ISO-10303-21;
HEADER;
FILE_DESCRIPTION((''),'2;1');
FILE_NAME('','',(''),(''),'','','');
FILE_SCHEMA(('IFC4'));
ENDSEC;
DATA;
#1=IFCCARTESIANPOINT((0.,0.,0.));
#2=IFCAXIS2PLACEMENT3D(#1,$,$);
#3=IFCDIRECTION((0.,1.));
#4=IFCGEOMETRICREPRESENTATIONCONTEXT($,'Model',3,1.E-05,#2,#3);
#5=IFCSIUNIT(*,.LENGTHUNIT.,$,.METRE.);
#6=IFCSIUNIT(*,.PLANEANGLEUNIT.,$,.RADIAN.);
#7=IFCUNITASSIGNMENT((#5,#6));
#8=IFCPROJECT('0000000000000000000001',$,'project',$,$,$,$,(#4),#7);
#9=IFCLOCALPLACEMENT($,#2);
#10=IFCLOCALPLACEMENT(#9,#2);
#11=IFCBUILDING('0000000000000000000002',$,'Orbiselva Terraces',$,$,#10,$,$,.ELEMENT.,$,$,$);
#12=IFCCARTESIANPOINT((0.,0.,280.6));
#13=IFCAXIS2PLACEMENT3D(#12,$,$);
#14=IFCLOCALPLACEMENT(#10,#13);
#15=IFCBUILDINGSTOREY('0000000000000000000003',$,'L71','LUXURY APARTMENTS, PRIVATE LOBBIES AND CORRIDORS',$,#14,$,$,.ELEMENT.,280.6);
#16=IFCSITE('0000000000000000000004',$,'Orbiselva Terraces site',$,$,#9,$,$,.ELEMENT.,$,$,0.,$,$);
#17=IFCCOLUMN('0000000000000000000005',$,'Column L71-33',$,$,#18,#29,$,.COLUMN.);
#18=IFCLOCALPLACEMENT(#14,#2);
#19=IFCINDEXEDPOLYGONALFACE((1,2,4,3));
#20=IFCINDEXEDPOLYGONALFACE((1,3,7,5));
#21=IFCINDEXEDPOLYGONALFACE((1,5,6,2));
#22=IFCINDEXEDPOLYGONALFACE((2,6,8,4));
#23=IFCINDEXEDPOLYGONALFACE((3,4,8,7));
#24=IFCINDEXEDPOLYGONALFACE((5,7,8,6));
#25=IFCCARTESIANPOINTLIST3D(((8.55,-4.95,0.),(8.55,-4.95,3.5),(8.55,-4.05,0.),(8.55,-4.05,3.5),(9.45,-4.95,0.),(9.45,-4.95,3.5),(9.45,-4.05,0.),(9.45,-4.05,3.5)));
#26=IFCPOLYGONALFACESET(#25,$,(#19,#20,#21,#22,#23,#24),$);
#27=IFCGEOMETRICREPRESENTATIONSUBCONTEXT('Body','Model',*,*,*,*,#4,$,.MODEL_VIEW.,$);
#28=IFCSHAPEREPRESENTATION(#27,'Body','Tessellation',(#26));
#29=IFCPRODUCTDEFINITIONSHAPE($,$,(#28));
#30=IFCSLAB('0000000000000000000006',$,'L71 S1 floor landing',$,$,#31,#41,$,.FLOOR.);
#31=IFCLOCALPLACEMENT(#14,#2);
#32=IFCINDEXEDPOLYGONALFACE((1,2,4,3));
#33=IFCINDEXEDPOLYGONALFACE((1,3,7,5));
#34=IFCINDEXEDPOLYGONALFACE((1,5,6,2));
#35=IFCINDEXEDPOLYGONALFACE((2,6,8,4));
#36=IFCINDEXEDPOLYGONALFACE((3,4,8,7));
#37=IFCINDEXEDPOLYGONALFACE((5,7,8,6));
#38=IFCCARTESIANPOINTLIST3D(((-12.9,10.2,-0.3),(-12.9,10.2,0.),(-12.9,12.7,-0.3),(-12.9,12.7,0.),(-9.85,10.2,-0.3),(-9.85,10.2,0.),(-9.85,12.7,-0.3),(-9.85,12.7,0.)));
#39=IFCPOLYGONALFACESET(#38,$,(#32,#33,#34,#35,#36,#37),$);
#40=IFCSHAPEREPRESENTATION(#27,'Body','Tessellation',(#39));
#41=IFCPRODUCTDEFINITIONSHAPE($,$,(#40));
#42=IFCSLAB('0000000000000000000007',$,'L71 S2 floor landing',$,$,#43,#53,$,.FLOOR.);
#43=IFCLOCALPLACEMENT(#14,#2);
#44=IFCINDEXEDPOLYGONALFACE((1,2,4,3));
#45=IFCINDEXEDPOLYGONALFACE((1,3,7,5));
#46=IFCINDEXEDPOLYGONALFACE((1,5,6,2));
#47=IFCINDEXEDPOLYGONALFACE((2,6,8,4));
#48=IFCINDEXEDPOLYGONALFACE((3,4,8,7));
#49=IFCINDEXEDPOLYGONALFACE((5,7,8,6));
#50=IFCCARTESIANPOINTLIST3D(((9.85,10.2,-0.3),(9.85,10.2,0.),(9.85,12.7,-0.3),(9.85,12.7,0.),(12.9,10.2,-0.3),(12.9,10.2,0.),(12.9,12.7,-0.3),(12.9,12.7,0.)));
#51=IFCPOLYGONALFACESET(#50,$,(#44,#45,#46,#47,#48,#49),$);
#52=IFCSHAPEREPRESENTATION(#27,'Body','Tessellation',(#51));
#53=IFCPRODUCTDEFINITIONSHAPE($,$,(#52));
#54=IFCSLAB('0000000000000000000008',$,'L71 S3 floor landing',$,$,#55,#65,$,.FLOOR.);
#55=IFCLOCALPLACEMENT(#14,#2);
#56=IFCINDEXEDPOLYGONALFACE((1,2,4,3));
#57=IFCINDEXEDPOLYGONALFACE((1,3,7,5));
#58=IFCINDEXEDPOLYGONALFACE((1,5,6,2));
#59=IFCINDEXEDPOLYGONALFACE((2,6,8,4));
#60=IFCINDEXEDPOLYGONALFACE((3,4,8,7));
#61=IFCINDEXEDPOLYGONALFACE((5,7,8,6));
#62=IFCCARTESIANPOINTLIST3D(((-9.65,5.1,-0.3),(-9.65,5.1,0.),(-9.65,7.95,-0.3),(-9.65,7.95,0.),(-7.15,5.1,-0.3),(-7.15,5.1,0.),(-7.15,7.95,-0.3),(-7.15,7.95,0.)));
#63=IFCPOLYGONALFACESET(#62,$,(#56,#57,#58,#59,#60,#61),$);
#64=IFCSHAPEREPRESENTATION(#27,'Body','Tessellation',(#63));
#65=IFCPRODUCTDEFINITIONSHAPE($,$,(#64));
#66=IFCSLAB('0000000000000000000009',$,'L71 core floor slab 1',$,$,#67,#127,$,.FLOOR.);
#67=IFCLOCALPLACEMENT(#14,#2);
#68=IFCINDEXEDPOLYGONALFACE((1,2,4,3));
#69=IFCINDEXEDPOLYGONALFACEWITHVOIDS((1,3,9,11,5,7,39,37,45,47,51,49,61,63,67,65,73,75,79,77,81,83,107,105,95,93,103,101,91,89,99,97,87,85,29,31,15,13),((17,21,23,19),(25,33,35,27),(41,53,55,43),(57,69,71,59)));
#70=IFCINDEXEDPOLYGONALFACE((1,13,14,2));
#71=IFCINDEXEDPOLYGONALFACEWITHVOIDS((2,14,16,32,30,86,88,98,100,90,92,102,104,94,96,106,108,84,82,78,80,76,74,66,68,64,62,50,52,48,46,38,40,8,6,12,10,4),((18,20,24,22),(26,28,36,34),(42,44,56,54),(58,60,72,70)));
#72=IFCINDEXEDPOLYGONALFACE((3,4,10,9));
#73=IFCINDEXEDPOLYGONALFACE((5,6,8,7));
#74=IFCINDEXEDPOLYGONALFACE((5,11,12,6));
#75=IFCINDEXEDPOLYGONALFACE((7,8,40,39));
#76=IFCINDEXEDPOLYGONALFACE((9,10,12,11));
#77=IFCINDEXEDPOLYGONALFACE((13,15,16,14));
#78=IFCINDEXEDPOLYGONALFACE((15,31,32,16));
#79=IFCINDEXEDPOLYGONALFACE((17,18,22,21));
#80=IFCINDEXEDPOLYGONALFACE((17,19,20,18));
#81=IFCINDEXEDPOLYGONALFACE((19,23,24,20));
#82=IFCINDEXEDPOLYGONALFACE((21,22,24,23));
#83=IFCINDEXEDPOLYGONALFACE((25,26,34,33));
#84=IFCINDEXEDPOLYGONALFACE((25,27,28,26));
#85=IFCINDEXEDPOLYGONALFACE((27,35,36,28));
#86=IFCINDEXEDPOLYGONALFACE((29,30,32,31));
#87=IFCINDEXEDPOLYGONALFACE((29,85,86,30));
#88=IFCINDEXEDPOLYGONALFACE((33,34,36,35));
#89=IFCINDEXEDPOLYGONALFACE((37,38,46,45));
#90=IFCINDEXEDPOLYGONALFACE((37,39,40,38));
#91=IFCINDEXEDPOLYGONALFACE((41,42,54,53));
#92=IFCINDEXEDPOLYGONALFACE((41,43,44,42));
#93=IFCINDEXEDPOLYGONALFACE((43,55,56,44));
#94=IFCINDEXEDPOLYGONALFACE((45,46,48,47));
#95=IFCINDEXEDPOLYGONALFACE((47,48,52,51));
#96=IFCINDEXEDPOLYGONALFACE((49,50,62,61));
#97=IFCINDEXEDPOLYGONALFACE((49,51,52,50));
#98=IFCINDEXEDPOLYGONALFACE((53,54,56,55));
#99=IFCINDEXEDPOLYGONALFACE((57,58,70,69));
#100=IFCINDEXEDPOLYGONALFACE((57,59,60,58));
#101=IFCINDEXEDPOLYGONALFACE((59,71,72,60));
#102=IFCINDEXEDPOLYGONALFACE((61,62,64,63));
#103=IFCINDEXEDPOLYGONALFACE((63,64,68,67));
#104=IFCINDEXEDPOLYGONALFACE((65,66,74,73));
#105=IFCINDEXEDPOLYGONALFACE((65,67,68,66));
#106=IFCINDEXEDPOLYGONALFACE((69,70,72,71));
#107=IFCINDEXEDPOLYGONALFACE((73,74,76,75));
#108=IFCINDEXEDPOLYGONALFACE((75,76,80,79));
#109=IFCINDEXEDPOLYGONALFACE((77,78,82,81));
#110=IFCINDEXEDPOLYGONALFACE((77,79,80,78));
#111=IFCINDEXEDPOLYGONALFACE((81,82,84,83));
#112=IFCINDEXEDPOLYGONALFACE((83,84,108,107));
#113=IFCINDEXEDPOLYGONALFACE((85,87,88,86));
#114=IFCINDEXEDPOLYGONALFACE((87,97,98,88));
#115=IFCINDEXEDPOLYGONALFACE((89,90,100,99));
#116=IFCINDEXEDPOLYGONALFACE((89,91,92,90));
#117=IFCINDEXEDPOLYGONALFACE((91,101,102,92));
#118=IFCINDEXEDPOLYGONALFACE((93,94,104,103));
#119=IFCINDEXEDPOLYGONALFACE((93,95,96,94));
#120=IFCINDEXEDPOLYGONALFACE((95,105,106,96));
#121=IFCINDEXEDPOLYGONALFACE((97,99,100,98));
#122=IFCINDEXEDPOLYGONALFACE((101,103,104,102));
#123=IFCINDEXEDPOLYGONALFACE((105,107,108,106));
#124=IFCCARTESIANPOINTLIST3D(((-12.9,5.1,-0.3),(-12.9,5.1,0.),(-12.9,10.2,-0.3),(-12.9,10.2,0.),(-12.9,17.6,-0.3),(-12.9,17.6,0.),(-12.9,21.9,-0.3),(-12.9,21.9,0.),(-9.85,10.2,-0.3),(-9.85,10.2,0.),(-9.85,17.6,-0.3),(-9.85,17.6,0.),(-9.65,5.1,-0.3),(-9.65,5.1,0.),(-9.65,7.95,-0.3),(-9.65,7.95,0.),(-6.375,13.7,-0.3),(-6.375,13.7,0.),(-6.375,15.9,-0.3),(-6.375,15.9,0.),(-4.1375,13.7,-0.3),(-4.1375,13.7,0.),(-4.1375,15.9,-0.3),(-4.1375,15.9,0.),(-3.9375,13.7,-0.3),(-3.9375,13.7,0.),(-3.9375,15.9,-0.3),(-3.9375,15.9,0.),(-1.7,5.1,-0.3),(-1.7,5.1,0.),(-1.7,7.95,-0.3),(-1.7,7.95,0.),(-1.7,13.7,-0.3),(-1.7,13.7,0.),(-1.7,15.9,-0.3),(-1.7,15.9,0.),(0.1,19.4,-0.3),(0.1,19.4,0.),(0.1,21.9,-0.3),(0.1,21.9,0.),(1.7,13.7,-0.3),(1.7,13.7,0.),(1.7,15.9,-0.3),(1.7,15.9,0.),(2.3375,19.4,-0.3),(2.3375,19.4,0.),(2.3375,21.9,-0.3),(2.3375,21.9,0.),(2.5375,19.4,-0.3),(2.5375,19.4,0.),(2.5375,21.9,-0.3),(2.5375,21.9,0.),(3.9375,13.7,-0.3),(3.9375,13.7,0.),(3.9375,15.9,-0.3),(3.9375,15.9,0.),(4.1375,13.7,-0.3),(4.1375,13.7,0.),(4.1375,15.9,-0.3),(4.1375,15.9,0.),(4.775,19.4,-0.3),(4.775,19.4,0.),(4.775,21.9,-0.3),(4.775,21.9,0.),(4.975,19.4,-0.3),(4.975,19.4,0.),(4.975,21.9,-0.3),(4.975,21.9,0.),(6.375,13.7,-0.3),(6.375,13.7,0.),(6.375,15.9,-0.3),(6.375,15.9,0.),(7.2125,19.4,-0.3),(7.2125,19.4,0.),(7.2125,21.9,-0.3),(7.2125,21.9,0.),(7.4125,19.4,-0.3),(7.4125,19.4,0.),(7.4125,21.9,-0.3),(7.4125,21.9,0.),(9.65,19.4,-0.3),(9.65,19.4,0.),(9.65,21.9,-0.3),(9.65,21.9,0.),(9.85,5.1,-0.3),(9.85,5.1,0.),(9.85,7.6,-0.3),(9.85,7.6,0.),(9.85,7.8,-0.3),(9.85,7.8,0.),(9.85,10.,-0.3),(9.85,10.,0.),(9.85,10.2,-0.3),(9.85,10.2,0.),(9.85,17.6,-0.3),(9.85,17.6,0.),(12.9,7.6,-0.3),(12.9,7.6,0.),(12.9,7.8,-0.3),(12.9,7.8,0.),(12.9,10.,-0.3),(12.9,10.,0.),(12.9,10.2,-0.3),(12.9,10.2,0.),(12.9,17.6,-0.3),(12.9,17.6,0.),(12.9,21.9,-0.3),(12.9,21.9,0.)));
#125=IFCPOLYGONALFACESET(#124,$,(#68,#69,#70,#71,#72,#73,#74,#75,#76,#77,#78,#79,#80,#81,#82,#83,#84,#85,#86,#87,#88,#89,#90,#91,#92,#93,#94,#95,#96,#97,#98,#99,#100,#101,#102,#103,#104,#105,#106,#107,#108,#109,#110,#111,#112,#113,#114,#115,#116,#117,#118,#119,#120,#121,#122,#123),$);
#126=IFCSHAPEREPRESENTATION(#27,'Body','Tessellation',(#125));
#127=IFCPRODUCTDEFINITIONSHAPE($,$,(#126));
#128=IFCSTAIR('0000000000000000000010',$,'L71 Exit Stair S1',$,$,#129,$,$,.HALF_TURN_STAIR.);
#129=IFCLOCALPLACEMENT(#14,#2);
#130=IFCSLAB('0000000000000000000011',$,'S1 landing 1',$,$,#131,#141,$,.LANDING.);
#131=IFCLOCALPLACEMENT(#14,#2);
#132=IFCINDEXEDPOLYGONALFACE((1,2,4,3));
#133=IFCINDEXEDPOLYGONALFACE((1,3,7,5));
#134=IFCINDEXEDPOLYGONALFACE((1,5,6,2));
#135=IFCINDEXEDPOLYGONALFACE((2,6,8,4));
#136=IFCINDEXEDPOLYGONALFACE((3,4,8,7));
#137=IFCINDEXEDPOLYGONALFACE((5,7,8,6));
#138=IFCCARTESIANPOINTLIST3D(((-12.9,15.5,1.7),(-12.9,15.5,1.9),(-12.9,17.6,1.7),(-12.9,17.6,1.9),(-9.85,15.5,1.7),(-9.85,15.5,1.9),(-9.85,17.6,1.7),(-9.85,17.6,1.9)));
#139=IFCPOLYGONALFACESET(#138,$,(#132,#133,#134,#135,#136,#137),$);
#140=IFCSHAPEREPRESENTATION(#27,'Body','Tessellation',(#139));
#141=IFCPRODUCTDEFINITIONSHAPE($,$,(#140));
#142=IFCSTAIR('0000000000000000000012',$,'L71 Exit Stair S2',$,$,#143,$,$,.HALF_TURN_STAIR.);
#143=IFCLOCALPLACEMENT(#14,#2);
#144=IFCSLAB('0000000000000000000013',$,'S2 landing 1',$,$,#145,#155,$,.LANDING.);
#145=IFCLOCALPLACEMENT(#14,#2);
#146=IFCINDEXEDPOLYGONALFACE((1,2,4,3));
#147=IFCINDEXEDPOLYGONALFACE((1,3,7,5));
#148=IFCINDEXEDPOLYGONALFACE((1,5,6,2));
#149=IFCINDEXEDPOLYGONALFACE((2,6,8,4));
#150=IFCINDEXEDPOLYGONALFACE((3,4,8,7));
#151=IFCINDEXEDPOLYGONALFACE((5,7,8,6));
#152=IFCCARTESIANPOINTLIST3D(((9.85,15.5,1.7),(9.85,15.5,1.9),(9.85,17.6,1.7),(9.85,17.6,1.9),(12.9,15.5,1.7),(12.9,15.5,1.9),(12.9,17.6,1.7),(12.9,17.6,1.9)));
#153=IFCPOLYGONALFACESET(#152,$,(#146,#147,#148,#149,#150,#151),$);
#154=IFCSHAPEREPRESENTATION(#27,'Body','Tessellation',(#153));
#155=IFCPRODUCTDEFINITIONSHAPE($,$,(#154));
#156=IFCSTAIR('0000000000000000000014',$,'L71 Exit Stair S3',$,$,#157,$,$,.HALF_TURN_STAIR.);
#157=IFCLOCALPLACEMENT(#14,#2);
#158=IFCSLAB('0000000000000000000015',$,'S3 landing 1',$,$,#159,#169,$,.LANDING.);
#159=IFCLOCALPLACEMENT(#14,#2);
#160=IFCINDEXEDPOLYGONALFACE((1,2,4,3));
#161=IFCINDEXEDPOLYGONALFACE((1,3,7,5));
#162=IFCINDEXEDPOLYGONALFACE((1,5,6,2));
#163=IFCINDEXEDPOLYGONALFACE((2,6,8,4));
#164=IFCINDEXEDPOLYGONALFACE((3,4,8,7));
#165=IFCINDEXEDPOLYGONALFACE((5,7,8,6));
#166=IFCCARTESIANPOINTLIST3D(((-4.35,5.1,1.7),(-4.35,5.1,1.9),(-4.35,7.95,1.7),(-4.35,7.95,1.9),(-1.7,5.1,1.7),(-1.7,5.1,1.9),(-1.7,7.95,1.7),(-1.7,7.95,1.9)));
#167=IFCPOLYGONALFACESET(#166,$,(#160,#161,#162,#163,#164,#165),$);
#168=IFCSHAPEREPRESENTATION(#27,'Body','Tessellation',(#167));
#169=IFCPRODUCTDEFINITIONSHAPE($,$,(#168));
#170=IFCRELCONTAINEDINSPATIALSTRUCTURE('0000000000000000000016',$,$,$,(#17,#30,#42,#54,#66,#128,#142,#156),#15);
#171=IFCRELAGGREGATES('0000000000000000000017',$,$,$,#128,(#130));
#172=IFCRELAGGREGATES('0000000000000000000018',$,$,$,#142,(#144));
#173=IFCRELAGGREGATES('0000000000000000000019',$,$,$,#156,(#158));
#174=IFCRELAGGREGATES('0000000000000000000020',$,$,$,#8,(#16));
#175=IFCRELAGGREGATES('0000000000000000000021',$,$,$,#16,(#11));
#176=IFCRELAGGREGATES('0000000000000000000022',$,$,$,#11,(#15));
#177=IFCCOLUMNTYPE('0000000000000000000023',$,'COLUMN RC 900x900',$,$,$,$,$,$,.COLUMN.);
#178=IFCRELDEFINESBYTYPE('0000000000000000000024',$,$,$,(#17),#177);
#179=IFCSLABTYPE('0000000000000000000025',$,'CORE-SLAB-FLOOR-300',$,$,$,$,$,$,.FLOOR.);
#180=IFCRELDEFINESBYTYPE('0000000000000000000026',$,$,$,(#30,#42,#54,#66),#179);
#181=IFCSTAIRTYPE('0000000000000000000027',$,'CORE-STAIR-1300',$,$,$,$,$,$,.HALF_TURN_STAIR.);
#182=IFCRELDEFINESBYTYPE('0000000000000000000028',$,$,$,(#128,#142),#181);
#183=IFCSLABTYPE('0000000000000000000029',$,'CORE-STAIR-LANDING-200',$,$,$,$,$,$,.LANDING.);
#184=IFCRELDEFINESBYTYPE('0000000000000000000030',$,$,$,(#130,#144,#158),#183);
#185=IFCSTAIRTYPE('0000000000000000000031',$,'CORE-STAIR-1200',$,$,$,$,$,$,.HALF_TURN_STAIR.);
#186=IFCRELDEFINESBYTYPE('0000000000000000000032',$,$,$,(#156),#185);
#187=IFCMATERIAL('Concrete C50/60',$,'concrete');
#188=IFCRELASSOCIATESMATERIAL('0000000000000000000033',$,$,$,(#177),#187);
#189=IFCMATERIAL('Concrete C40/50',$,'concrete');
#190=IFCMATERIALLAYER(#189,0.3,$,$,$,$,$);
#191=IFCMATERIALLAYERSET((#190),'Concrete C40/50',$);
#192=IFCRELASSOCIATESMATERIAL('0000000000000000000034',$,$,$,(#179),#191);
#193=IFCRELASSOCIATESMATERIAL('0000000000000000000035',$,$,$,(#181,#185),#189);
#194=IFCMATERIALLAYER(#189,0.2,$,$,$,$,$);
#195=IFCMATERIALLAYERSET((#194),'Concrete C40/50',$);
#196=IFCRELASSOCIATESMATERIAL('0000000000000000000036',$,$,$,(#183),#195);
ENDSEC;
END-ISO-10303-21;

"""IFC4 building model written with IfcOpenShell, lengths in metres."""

from ifc_helpers import new_model, si_unit, direction, frame, origin, origin_2d, place, context, subcontext, project, spatial, polyline, rectangle, outline, extrude, material, layer, layer_set, material_profile, profile_set, type_object, element, aggregate, save


model = new_model("IFC4")

# Units and contexts
model_context = context("Model", 3, precision=1e-05, world=origin(), true_north=direction((0.0, 1.0)))
body_context = subcontext(model_context, "Body", "Model", "MODEL_VIEW")
ifc_project = project(units=[si_unit("LENGTHUNIT", "METRE"), si_unit("PLANEANGLEUNIT", "RADIAN")], contexts=[model_context])

# Site, building, storey
site_placement = place(None, origin())
site = spatial("IfcSite", under=ifc_project, at=site_placement, Name="Orbiselva Terraces site", CompositionType="ELEMENT", RefElevation=0.0)
building_placement = place(site_placement, origin())
building = spatial("IfcBuilding", under=site, at=building_placement, Name="Orbiselva Terraces", CompositionType="ELEMENT")
storey_placement = place(building_placement, frame((0.0, 0.0, 280.6)))
storey = spatial("IfcBuildingStorey", under=building, at=storey_placement, Name="L71", Description="LUXURY APARTMENTS, PRIVATE LOBBIES AND CORRIDORS", CompositionType="ELEMENT", Elevation=280.6)

# Column
ifc_material_1 = material(Name="Concrete C50/60", Category="concrete")
ifc_material_profile = material_profile(ifc_material_1, rectangle(XDim=0.9, YDim=0.9, at=origin_2d()), Name="RC 900x900")
ifc_profile_set = profile_set([ifc_material_profile], Name="Concrete C50/60")
column_type = type_object("IfcColumnType", Name="COLUMN RC 900x900", PredefinedType="COLUMN", material=ifc_profile_set)
column_placement = place(storey_placement, frame((9.0, -4.5, 0.0), z_axis=(0.0, 0.0, 1.0), x_axis=(1.0, 0.0, 0.0)))
element("IfcColumn", 1, at=column_placement, inside=storey, type_object=column_type, Name="Column L71-33", PredefinedType="COLUMN", context=body_context, shape_type="SweptSolid", body=[
    extrude(rectangle(XDim=0.9, YDim=0.9, at=origin_2d()), origin(), (0.0, 0.0, 1.0), 3.5),
])

# Slabs
ifc_material_2 = material(Name="Concrete C40/50", Category="concrete")
ifc_layer_1 = layer(ifc_material_2, 0.3)
ifc_layer_set_1 = layer_set([ifc_layer_1], Name="Concrete C40/50")
slab_type_1 = type_object("IfcSlabType", Name="CORE-SLAB-FLOOR-300", PredefinedType="FLOOR", material=ifc_layer_set_1)
slab_1_placement = place(storey_placement, frame((0.0, 0.0, -0.3)))
element("IfcSlab", 2, at=slab_1_placement, inside=storey, type_object=slab_type_1, Name="L71 S1 floor landing", PredefinedType="FLOOR", context=body_context, shape_type="SweptSolid", body=[
    extrude(outline(polyline([(-12.9, 12.7), (-9.85, 12.7), (-9.85, 10.2), (-12.9, 10.2), (-12.9, 12.7)])), origin(), (0.0, 0.0, 1.0), 0.3),
])
slab_2_placement = place(storey_placement, frame((0.0, 0.0, -0.3)))
element("IfcSlab", 3, at=slab_2_placement, inside=storey, type_object=slab_type_1, Name="L71 S2 floor landing", PredefinedType="FLOOR", context=body_context, shape_type="SweptSolid", body=[
    extrude(outline(polyline([(12.9, 12.7), (12.9, 10.2), (9.85, 10.2), (9.85, 12.7), (12.9, 12.7)])), origin(), (0.0, 0.0, 1.0), 0.3),
])
slab_3_placement = place(storey_placement, frame((0.0, 0.0, -0.3)))
element("IfcSlab", 4, at=slab_3_placement, inside=storey, type_object=slab_type_1, Name="L71 S3 floor landing", PredefinedType="FLOOR", context=body_context, shape_type="SweptSolid", body=[
    extrude(outline(polyline([(-7.15, 5.1), (-9.65, 5.1), (-9.65, 7.95), (-7.15, 7.95), (-7.15, 5.1)])), origin(), (0.0, 0.0, 1.0), 0.3),
])
slab_4_placement = place(storey_placement, frame((0.0, 0.0, -0.3)))
element("IfcSlab", 5, at=slab_4_placement, inside=storey, type_object=slab_type_1, Name="L71 core floor slab 1", PredefinedType="FLOOR", context=body_context, shape_type="SweptSolid", body=[
    extrude(outline(polyline([(-1.7, 5.1), (-1.7, 7.95), (-9.65, 7.95), (-9.65, 5.1), (-12.9, 5.1), (-12.9, 10.2), (-9.85, 10.2), (-9.85, 17.6), (-12.9, 17.6), (-12.9, 21.9), (0.1, 21.9), (0.1, 19.4), (2.3375, 19.4), (2.3375, 21.9), (2.5375, 21.9), (2.5375, 19.4), (4.775, 19.4), (4.775, 21.9), (4.975, 21.9), (4.975, 19.4), (7.2125, 19.4), (7.2125, 21.9), (7.4125, 21.9), (7.4125, 19.4), (9.65, 19.4), (9.65, 21.9), (12.9, 21.9), (12.9, 17.6), (9.85, 17.6), (9.85, 10.2), (12.9, 10.2), (12.9, 10.0), (9.85, 10.0), (9.85, 7.8), (12.9, 7.8), (12.9, 7.6), (9.85, 7.6), (9.85, 5.1), (-1.7, 5.1)]), holes=[polyline([(-4.1375, 13.7), (-4.1375, 15.9), (-6.375, 15.9), (-6.375, 13.7), (-4.1375, 13.7)]), polyline([(-1.7, 13.7), (-1.7, 15.9), (-3.9375, 15.9), (-3.9375, 13.7), (-1.7, 13.7)]), polyline([(3.9375, 15.9), (1.7, 15.9), (1.7, 13.7), (3.9375, 13.7), (3.9375, 15.9)]), polyline([(6.375, 13.7), (6.375, 15.9), (4.1375, 15.9), (4.1375, 13.7), (6.375, 13.7)])]), origin(), (0.0, 0.0, 1.0), 0.3),
])

# Stairs, slabs
stair_type_1 = type_object("IfcStairType", Name="CORE-STAIR-1300", PredefinedType="HALF_TURN_STAIR", material=ifc_material_2)
stair_1_placement = place(storey_placement, origin())
stair_1 = element("IfcStair", 6, at=stair_1_placement, inside=storey, type_object=stair_type_1, Name="L71 Exit Stair S1", PredefinedType="HALF_TURN_STAIR")
ifc_layer_2 = layer(ifc_material_2, 0.2)
ifc_layer_set_2 = layer_set([ifc_layer_2], Name="Concrete C40/50")
slab_type_2 = type_object("IfcSlabType", Name="CORE-STAIR-LANDING-200", PredefinedType="LANDING", material=ifc_layer_set_2)
slab_5_placement = place(storey_placement, frame((0.0, 0.0, 1.7)))
slab_5 = element("IfcSlab", 7, at=slab_5_placement, type_object=slab_type_2, Name="S1 landing 1", PredefinedType="LANDING", context=body_context, shape_type="SweptSolid", body=[
    extrude(outline(polyline([(-9.85, 15.5), (-9.85, 17.6), (-12.9, 17.6), (-12.9, 15.5), (-9.85, 15.5)])), origin(), (0.0, 0.0, 1.0), 0.2),
])
aggregate(stair_1, [slab_5])
stair_2_placement = place(storey_placement, origin())
stair_2 = element("IfcStair", 8, at=stair_2_placement, inside=storey, type_object=stair_type_1, Name="L71 Exit Stair S2", PredefinedType="HALF_TURN_STAIR")
slab_6_placement = place(storey_placement, frame((0.0, 0.0, 1.7)))
slab_6 = element("IfcSlab", 9, at=slab_6_placement, type_object=slab_type_2, Name="S2 landing 1", PredefinedType="LANDING", context=body_context, shape_type="SweptSolid", body=[
    extrude(outline(polyline([(12.9, 15.5), (12.9, 17.6), (9.85, 17.6), (9.85, 15.5), (12.9, 15.5)])), origin(), (0.0, 0.0, 1.0), 0.2),
])
aggregate(stair_2, [slab_6])
stair_type_2 = type_object("IfcStairType", Name="CORE-STAIR-1200", PredefinedType="HALF_TURN_STAIR", material=ifc_material_2)
stair_3_placement = place(storey_placement, origin())
stair_3 = element("IfcStair", 10, at=stair_3_placement, inside=storey, type_object=stair_type_2, Name="L71 Exit Stair S3", PredefinedType="HALF_TURN_STAIR")
slab_7_placement = place(storey_placement, frame((0.0, 0.0, 1.7)))
slab_7 = element("IfcSlab", 11, at=slab_7_placement, type_object=slab_type_2, Name="S3 landing 1", PredefinedType="LANDING", context=body_context, shape_type="SweptSolid", body=[
    extrude(outline(polyline([(-4.35, 5.1), (-1.7, 5.1), (-1.7, 7.95), (-4.35, 7.95), (-4.35, 5.1)])), origin(), (0.0, 0.0, 1.0), 0.2),
])
aggregate(stair_3, [slab_7])

save(model, "model.ifc")
